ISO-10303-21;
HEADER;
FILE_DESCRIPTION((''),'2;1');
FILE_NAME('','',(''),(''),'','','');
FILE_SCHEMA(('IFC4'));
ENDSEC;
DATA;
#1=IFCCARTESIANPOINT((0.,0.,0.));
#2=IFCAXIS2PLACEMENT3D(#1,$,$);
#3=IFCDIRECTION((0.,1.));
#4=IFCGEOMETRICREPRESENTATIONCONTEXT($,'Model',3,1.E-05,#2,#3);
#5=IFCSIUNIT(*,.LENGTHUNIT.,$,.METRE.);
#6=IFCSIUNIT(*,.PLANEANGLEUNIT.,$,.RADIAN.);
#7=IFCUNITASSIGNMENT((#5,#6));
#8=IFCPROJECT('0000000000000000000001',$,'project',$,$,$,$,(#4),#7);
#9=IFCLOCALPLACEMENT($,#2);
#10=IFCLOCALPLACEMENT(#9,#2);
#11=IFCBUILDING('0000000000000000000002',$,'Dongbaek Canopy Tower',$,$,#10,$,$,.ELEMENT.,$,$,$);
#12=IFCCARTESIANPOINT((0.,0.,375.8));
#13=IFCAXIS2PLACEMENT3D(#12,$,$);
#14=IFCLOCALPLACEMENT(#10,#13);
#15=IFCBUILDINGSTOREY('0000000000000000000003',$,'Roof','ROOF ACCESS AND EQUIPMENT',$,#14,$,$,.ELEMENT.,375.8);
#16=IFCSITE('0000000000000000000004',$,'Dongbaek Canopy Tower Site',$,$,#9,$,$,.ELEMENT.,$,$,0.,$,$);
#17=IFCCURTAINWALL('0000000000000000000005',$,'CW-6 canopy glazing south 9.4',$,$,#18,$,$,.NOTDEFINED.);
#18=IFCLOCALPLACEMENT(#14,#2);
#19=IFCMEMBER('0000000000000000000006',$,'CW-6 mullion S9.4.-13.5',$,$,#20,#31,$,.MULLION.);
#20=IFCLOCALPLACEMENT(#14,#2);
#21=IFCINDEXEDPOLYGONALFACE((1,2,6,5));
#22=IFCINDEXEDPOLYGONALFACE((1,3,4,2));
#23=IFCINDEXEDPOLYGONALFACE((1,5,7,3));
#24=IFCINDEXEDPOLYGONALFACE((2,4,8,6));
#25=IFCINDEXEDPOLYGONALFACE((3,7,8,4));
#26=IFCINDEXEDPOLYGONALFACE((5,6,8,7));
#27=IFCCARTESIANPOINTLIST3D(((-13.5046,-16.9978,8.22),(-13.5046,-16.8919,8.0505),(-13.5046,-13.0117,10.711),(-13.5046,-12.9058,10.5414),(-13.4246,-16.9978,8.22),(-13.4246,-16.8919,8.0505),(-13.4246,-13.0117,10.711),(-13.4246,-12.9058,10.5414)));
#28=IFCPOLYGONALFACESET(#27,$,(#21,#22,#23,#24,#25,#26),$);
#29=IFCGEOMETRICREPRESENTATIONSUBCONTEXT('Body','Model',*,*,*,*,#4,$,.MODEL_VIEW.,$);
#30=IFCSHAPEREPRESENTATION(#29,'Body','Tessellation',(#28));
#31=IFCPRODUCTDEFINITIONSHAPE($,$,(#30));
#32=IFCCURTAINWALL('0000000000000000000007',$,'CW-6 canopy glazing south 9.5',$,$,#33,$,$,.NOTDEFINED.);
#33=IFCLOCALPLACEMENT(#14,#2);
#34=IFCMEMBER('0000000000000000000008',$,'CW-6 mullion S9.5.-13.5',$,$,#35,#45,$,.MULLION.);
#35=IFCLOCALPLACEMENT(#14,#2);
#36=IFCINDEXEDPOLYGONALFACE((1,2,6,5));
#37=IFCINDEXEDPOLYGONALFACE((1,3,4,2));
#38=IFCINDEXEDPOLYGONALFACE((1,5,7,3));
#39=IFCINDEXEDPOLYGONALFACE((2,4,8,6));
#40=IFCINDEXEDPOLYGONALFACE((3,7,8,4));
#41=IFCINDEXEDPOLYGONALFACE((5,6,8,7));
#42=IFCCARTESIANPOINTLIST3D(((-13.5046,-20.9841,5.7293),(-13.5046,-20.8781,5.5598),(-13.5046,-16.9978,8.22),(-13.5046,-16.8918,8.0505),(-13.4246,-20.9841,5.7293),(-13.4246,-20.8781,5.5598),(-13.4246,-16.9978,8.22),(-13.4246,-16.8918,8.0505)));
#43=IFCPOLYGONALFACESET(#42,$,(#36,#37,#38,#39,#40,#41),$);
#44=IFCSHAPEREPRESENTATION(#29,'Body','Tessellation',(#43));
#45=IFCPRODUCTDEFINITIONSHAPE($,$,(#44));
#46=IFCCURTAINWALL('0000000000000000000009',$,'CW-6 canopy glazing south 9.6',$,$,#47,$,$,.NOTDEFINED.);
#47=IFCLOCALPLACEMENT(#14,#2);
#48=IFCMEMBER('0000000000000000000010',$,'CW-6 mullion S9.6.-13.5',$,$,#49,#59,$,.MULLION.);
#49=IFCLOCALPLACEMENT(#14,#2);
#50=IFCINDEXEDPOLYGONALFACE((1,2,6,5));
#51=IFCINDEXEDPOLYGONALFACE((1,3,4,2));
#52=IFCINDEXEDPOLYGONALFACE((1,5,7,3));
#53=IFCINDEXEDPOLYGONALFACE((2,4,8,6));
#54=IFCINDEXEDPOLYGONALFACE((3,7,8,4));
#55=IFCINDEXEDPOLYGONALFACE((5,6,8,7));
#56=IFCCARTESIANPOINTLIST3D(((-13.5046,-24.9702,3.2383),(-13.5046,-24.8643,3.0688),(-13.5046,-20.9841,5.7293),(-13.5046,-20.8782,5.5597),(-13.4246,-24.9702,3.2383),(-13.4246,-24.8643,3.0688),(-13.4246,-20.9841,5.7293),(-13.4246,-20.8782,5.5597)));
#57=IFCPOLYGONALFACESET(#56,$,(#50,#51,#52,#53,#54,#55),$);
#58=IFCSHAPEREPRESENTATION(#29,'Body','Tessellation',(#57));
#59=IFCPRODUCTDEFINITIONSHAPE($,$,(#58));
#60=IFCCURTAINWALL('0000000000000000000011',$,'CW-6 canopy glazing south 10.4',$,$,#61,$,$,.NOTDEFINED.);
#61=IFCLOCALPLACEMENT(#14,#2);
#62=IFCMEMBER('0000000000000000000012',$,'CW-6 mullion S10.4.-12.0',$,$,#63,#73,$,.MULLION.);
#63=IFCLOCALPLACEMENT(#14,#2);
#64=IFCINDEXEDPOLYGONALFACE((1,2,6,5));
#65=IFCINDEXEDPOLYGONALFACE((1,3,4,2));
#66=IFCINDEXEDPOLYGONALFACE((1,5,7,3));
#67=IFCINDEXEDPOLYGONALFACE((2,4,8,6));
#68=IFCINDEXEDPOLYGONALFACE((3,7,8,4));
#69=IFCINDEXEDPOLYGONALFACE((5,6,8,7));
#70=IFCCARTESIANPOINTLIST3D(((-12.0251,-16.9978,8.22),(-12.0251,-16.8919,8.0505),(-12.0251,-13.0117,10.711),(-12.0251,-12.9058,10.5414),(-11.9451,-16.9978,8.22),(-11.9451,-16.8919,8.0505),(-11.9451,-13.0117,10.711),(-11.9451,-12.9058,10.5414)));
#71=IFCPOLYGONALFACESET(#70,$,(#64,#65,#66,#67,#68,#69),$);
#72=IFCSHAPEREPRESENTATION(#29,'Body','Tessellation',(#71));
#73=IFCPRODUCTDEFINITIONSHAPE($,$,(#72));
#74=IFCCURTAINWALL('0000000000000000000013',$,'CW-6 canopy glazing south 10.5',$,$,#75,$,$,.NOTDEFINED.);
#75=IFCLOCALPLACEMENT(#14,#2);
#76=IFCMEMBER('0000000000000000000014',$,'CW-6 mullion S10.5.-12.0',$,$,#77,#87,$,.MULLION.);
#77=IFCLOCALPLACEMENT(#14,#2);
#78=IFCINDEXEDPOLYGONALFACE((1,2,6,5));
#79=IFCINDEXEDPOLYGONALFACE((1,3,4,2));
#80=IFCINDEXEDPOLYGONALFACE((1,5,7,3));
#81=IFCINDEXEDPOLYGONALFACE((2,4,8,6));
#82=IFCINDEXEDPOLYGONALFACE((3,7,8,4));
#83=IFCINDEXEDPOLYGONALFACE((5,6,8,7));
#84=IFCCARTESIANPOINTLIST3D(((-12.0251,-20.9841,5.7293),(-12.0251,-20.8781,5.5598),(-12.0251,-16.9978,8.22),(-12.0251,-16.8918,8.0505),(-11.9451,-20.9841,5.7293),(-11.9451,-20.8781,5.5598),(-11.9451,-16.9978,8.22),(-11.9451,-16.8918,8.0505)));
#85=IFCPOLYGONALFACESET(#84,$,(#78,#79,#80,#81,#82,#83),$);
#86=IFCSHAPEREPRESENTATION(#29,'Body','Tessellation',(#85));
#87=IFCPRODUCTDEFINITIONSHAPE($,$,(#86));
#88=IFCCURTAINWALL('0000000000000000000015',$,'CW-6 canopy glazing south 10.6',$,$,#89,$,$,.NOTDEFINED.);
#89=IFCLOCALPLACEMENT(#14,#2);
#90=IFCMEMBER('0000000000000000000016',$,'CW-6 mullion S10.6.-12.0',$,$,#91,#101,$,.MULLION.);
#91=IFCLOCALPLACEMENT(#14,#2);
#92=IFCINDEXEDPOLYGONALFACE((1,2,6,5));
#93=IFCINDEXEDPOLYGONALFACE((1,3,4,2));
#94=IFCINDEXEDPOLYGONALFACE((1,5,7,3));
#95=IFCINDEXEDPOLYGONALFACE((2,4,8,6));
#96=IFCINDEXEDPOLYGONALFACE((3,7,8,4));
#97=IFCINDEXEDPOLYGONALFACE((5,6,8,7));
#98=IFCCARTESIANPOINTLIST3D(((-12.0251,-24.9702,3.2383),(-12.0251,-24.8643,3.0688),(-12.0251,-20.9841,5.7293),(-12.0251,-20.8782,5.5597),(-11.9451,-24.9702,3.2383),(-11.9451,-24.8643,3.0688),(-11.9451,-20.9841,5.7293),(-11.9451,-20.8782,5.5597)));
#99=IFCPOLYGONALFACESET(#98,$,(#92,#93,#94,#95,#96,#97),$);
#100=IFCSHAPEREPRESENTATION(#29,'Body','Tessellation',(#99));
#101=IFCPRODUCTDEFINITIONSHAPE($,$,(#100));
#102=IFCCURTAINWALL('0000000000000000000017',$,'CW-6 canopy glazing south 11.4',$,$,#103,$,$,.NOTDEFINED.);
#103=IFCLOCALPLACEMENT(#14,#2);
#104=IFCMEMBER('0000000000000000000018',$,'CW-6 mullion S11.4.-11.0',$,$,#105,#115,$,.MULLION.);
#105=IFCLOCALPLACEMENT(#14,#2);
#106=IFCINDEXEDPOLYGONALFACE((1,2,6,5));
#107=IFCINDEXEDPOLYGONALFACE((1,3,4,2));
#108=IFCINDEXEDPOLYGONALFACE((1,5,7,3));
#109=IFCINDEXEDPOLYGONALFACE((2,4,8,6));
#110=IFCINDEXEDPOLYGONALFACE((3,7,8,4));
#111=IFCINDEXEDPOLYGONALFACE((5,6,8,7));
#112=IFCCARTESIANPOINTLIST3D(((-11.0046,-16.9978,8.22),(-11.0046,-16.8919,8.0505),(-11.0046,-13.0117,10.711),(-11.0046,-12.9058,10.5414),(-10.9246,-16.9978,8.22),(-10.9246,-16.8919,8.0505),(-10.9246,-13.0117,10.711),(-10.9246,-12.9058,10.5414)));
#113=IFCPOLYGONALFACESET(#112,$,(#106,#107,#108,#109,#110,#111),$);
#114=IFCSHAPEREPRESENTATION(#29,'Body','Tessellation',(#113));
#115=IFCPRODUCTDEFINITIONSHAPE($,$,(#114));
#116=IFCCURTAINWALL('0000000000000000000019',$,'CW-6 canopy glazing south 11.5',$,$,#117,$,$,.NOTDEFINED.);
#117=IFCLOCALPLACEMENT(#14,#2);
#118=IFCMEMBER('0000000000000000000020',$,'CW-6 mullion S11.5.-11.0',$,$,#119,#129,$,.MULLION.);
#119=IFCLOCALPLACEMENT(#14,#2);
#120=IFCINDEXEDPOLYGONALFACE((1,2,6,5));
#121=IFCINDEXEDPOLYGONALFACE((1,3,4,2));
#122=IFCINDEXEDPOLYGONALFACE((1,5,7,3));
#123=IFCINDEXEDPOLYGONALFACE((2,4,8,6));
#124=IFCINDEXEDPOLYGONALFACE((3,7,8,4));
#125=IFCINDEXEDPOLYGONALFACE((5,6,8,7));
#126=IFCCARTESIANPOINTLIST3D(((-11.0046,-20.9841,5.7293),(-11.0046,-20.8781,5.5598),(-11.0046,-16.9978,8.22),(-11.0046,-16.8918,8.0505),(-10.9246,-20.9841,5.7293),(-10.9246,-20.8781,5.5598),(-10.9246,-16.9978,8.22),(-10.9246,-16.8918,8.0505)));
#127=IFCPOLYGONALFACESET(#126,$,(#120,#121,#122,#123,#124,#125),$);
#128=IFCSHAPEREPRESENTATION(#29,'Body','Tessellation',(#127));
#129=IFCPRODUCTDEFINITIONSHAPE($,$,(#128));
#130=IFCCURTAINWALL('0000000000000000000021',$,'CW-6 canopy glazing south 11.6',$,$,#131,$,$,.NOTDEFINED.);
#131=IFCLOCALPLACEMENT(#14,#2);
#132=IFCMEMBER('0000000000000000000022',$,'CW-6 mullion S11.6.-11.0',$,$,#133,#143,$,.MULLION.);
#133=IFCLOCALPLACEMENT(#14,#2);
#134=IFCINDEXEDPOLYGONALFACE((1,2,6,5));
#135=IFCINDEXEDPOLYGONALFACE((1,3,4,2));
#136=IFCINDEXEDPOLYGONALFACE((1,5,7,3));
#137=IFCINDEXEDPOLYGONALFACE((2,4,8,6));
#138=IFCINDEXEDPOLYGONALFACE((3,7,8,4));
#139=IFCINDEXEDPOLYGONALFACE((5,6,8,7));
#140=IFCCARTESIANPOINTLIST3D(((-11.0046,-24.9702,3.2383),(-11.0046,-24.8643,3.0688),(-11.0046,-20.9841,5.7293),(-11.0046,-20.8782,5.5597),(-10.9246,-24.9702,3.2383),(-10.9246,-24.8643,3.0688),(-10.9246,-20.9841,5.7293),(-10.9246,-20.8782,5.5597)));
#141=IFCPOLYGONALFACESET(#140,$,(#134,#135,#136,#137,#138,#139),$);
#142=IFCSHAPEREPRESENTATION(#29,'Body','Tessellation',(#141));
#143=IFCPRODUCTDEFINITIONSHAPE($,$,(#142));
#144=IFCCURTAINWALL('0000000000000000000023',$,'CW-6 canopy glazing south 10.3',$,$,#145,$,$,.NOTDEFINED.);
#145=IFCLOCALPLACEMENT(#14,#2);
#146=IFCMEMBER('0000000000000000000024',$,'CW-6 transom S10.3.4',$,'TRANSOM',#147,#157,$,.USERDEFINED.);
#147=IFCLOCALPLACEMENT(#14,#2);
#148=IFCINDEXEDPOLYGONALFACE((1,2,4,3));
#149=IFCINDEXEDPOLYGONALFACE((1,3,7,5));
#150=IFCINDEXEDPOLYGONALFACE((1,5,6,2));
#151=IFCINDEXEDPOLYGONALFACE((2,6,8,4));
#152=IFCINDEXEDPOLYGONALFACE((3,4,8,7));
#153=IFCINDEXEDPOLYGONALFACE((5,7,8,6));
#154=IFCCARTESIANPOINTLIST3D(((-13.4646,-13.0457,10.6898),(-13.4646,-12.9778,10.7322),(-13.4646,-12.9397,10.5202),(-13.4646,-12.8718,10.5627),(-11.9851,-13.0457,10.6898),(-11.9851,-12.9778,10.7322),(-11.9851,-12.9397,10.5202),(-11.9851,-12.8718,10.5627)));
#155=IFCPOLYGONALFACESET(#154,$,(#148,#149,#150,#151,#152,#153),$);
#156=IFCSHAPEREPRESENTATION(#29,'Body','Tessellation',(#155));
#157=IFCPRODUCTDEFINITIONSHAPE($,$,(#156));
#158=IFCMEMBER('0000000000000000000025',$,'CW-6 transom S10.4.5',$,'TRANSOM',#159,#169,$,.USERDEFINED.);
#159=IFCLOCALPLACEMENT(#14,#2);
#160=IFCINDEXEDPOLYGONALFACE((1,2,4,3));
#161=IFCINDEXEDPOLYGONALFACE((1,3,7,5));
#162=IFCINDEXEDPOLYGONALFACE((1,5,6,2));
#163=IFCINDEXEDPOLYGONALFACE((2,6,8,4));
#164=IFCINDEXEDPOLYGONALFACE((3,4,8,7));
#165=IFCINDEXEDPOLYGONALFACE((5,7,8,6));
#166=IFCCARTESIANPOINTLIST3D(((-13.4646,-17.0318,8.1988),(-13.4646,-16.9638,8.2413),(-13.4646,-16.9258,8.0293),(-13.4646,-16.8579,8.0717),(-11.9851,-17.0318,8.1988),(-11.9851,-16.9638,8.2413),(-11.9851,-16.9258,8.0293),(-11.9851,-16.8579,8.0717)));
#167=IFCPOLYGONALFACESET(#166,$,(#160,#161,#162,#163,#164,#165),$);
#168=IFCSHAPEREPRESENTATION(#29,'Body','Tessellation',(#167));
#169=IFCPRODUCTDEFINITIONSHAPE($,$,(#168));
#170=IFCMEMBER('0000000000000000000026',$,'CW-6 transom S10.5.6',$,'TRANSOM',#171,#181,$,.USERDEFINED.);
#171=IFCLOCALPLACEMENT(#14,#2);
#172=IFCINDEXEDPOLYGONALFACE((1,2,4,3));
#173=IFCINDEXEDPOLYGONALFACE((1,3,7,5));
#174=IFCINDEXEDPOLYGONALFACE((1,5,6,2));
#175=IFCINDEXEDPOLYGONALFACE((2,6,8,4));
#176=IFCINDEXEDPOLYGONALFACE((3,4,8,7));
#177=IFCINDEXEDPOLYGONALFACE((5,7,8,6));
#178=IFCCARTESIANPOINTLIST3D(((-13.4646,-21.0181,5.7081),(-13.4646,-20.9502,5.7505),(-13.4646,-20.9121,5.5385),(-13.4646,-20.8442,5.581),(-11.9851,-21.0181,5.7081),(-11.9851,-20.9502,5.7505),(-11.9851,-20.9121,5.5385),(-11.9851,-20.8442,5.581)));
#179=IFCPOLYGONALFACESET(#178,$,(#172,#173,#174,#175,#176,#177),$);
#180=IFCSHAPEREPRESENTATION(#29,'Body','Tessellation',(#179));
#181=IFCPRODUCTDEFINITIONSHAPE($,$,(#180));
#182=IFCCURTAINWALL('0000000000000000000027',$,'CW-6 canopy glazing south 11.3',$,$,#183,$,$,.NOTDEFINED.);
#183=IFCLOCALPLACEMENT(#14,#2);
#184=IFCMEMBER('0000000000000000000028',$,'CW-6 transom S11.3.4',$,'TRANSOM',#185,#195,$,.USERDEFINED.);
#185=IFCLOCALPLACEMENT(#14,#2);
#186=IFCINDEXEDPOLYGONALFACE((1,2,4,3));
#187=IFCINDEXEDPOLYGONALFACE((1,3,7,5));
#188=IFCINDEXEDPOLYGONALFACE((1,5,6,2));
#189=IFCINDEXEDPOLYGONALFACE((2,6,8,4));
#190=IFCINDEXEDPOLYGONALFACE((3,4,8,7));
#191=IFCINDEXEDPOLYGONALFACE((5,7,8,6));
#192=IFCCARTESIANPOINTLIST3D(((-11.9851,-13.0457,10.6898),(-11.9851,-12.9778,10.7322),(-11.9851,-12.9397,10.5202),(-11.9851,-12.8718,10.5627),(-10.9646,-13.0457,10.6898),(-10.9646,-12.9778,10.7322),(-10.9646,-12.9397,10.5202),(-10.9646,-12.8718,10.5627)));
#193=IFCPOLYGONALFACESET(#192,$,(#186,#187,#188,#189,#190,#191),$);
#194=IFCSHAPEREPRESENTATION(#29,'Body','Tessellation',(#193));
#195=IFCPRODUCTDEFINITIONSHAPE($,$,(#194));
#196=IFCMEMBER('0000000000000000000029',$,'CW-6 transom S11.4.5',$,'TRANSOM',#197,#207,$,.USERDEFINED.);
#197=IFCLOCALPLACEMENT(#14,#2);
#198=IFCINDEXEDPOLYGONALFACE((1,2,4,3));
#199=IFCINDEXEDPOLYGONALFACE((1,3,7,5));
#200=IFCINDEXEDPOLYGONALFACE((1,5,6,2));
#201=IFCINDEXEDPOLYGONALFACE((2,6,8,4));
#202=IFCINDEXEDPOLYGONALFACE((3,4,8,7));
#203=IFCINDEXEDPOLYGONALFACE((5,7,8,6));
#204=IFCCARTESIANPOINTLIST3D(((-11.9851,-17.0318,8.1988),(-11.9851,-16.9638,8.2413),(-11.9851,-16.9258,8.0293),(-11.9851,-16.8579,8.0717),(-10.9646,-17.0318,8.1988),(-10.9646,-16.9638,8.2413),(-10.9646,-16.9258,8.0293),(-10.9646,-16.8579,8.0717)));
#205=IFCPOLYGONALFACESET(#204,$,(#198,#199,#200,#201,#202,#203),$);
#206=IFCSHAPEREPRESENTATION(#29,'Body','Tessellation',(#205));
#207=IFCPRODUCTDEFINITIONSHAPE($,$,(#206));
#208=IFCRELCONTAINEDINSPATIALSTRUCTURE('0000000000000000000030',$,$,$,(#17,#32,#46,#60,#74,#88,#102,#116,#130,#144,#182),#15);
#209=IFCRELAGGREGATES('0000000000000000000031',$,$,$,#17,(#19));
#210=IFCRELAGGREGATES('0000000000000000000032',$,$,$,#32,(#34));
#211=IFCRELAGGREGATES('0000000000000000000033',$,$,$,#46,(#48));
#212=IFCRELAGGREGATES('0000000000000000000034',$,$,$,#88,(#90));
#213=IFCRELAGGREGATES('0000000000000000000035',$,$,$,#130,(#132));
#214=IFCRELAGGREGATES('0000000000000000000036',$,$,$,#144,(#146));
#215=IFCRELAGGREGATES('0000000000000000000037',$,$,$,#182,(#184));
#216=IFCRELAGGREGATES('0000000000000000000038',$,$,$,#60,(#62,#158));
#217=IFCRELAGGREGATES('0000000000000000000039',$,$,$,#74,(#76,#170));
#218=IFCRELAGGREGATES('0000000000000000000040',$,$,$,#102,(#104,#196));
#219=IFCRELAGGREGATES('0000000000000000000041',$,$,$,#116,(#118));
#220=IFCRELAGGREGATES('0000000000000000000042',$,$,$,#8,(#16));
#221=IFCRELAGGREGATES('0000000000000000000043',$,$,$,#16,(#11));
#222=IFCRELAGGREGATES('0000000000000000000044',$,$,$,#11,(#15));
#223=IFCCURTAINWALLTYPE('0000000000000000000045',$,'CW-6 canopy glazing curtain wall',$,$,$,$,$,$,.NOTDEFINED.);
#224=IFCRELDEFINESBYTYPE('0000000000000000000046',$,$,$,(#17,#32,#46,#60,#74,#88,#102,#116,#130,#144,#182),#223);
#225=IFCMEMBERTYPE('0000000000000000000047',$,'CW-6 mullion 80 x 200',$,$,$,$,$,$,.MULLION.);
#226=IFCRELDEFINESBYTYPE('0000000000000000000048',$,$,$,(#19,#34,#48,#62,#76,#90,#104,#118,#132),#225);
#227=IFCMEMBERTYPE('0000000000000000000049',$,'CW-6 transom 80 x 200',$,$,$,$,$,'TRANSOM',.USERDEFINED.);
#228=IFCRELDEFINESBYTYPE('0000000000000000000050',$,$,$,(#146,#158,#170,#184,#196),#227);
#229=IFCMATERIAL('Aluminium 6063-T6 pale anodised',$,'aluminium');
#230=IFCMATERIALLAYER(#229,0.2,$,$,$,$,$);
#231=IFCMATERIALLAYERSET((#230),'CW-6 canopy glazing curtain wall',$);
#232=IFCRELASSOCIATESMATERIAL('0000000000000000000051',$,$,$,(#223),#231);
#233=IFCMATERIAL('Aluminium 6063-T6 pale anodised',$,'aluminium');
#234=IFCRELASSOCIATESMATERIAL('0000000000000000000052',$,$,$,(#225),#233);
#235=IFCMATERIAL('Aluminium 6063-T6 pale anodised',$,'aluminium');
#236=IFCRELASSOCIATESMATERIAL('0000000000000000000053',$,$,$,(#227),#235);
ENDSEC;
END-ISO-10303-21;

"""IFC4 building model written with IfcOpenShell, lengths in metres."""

from ifc_helpers import new_model, si_unit, direction, frame, origin, origin_2d, place, context, subcontext, project, spatial, rectangle, extrude, material, layer, layer_set, material_profile, profile_set, type_object, element, aggregate, save


model = new_model("IFC4")

# Units and contexts
model_context = context("Model", 3, precision=1e-05, world=origin(), true_north=direction((0.0, 1.0)))
body_context = subcontext(model_context, "Body", "Model", "MODEL_VIEW")
ifc_project = project(units=[si_unit("LENGTHUNIT", "METRE"), si_unit("PLANEANGLEUNIT", "RADIAN")], contexts=[model_context])

# Site, building, storey
site_placement = place(None, origin())
site = spatial("IfcSite", under=ifc_project, at=site_placement, Name="Dongbaek Canopy Tower Site", CompositionType="ELEMENT", RefElevation=0.0)
building_placement = place(site_placement, origin())
building = spatial("IfcBuilding", under=site, at=building_placement, Name="Dongbaek Canopy Tower", CompositionType="ELEMENT")
storey_placement = place(building_placement, frame((0.0, 0.0, 375.8)))
storey = spatial("IfcBuildingStorey", under=building, at=storey_placement, Name="Roof", Description="ROOF ACCESS AND EQUIPMENT", CompositionType="ELEMENT", Elevation=375.8)

# Curtain walls, members
ifc_material_1 = material(Name="Aluminium 6063-T6 pale anodised", Category="aluminium")
ifc_layer_1 = layer(ifc_material_1, 0.2)
ifc_layer_set_1 = layer_set([ifc_layer_1], Name="CW-6 canopy glazing curtain wall")
curtain_wall_type = type_object("IfcCurtainWallType", Name="CW-6 canopy glazing curtain wall", PredefinedType="NOTDEFINED", material=ifc_layer_set_1)
curtain_wall_1_placement = place(storey_placement, origin())
curtain_wall_1 = element("IfcCurtainWall", 1, at=curtain_wall_1_placement, inside=storey, type_object=curtain_wall_type, Name="CW-6 canopy glazing south 9.4", PredefinedType="NOTDEFINED")
ifc_material_2 = material(Name="Aluminium 6063-T6 pale anodised", Category="aluminium")
ifc_material_profile_1 = material_profile(ifc_material_2, rectangle(XDim=0.0801, YDim=0.2, at=origin_2d()), Name="CW-6 mullion 80 x 200")
ifc_profile_set_1 = profile_set([ifc_material_profile_1], Name="Aluminium 6063-T6 pale anodised")
member_type_1 = type_object("IfcMemberType", Name="CW-6 mullion 80 x 200", PredefinedType="MULLION", material=ifc_profile_set_1)
member_1_placement = place(storey_placement, frame((-13.4646, -12.9587, 10.6262), z_axis=(0.0, -0.84803, -0.529948), x_axis=(1.0, 0.0, 0.0)))
member_1 = element("IfcMember", 2, at=member_1_placement, type_object=member_type_1, Name="CW-6 mullion S9.4.-13.5", PredefinedType="MULLION", context=body_context, shape_type="SweptSolid", body=[
    extrude(rectangle(XDim=0.0801, YDim=0.2, at=origin_2d()), origin(), (0.0, 0.0, 1.0), 4.7004),
])
aggregate(curtain_wall_1, [member_1])
curtain_wall_2_placement = place(storey_placement, origin())
curtain_wall_2 = element("IfcCurtainWall", 3, at=curtain_wall_2_placement, inside=storey, type_object=curtain_wall_type, Name="CW-6 canopy glazing south 9.5", PredefinedType="NOTDEFINED")
member_2_placement = place(storey_placement, frame((-13.4646, -16.9448, 8.1353), z_axis=(0.0, -0.848068, -0.529887), x_axis=(1.0, 0.0, 0.0)))
member_2 = element("IfcMember", 4, at=member_2_placement, type_object=member_type_1, Name="CW-6 mullion S9.5.-13.5", PredefinedType="MULLION", context=body_context, shape_type="SweptSolid", body=[
    extrude(rectangle(XDim=0.0801, YDim=0.2, at=origin_2d()), origin(), (0.0, 0.0, 1.0), 4.7004),
])
aggregate(curtain_wall_2, [member_2])
curtain_wall_3_placement = place(storey_placement, origin())
curtain_wall_3 = element("IfcCurtainWall", 5, at=curtain_wall_3_placement, inside=storey, type_object=curtain_wall_type, Name="CW-6 canopy glazing south 9.6", PredefinedType="NOTDEFINED")
member_3_placement = place(storey_placement, frame((-13.4646, -20.9312, 5.6445), z_axis=(0.0, -0.84803, -0.529948), x_axis=(1.0, 0.0, 0.0)))
member_3 = element("IfcMember", 6, at=member_3_placement, type_object=member_type_1, Name="CW-6 mullion S9.6.-13.5", PredefinedType="MULLION", context=body_context, shape_type="SweptSolid", body=[
    extrude(rectangle(XDim=0.0801, YDim=0.2, at=origin_2d()), origin(), (0.0, 0.0, 1.0), 4.7004),
])
aggregate(curtain_wall_3, [member_3])
curtain_wall_4_placement = place(storey_placement, origin())
curtain_wall_4 = element("IfcCurtainWall", 7, at=curtain_wall_4_placement, inside=storey, type_object=curtain_wall_type, Name="CW-6 canopy glazing south 10.4", PredefinedType="NOTDEFINED")
member_4_placement = place(storey_placement, frame((-11.9851, -12.9587, 10.6262), z_axis=(0.0, -0.84803, -0.529948), x_axis=(1.0, 0.0, 0.0)))
member_4 = element("IfcMember", 8, at=member_4_placement, type_object=member_type_1, Name="CW-6 mullion S10.4.-12.0", PredefinedType="MULLION", context=body_context, shape_type="SweptSolid", body=[
    extrude(rectangle(XDim=0.0801, YDim=0.2, at=origin_2d()), origin(), (0.0, 0.0, 1.0), 4.7004),
])
curtain_wall_5_placement = place(storey_placement, origin())
curtain_wall_5 = element("IfcCurtainWall", 9, at=curtain_wall_5_placement, inside=storey, type_object=curtain_wall_type, Name="CW-6 canopy glazing south 10.5", PredefinedType="NOTDEFINED")
member_5_placement = place(storey_placement, frame((-11.9851, -16.9448, 8.1353), z_axis=(0.0, -0.848068, -0.529887), x_axis=(1.0, 0.0, 0.0)))
member_5 = element("IfcMember", 10, at=member_5_placement, type_object=member_type_1, Name="CW-6 mullion S10.5.-12.0", PredefinedType="MULLION", context=body_context, shape_type="SweptSolid", body=[
    extrude(rectangle(XDim=0.0801, YDim=0.2, at=origin_2d()), origin(), (0.0, 0.0, 1.0), 4.7004),
])
curtain_wall_6_placement = place(storey_placement, origin())
curtain_wall_6 = element("IfcCurtainWall", 11, at=curtain_wall_6_placement, inside=storey, type_object=curtain_wall_type, Name="CW-6 canopy glazing south 10.6", PredefinedType="NOTDEFINED")
member_6_placement = place(storey_placement, frame((-11.9851, -20.9312, 5.6445), z_axis=(0.0, -0.84803, -0.529948), x_axis=(1.0, 0.0, 0.0)))
member_6 = element("IfcMember", 12, at=member_6_placement, type_object=member_type_1, Name="CW-6 mullion S10.6.-12.0", PredefinedType="MULLION", context=body_context, shape_type="SweptSolid", body=[
    extrude(rectangle(XDim=0.0801, YDim=0.2, at=origin_2d()), origin(), (0.0, 0.0, 1.0), 4.7004),
])
aggregate(curtain_wall_6, [member_6])
curtain_wall_7_placement = place(storey_placement, origin())
curtain_wall_7 = element("IfcCurtainWall", 13, at=curtain_wall_7_placement, inside=storey, type_object=curtain_wall_type, Name="CW-6 canopy glazing south 11.4", PredefinedType="NOTDEFINED")
member_7_placement = place(storey_placement, frame((-10.9646, -12.9587, 10.6262), z_axis=(0.0, -0.84803, -0.529948), x_axis=(1.0, 0.0, 0.0)))
member_7 = element("IfcMember", 14, at=member_7_placement, type_object=member_type_1, Name="CW-6 mullion S11.4.-11.0", PredefinedType="MULLION", context=body_context, shape_type="SweptSolid", body=[
    extrude(rectangle(XDim=0.0801, YDim=0.2, at=origin_2d()), origin(), (0.0, 0.0, 1.0), 4.7004),
])
curtain_wall_8_placement = place(storey_placement, origin())
curtain_wall_8 = element("IfcCurtainWall", 15, at=curtain_wall_8_placement, inside=storey, type_object=curtain_wall_type, Name="CW-6 canopy glazing south 11.5", PredefinedType="NOTDEFINED")
member_8_placement = place(storey_placement, frame((-10.9646, -16.9448, 8.1353), z_axis=(0.0, -0.848068, -0.529887), x_axis=(1.0, 0.0, 0.0)))
member_8 = element("IfcMember", 16, at=member_8_placement, type_object=member_type_1, Name="CW-6 mullion S11.5.-11.0", PredefinedType="MULLION", context=body_context, shape_type="SweptSolid", body=[
    extrude(rectangle(XDim=0.0801, YDim=0.2, at=origin_2d()), origin(), (0.0, 0.0, 1.0), 4.7004),
])
curtain_wall_9_placement = place(storey_placement, origin())
curtain_wall_9 = element("IfcCurtainWall", 17, at=curtain_wall_9_placement, inside=storey, type_object=curtain_wall_type, Name="CW-6 canopy glazing south 11.6", PredefinedType="NOTDEFINED")
member_9_placement = place(storey_placement, frame((-10.9646, -20.9312, 5.6445), z_axis=(0.0, -0.84803, -0.529948), x_axis=(1.0, 0.0, 0.0)))
member_9 = element("IfcMember", 18, at=member_9_placement, type_object=member_type_1, Name="CW-6 mullion S11.6.-11.0", PredefinedType="MULLION", context=body_context, shape_type="SweptSolid", body=[
    extrude(rectangle(XDim=0.0801, YDim=0.2, at=origin_2d()), origin(), (0.0, 0.0, 1.0), 4.7004),
])
aggregate(curtain_wall_9, [member_9])
curtain_wall_10_placement = place(storey_placement, origin())
curtain_wall_10 = element("IfcCurtainWall", 19, at=curtain_wall_10_placement, inside=storey, type_object=curtain_wall_type, Name="CW-6 canopy glazing south 10.3", PredefinedType="NOTDEFINED")
ifc_material_3 = material(Name="Aluminium 6063-T6 pale anodised", Category="aluminium")
ifc_material_profile_2 = material_profile(ifc_material_3, rectangle(XDim=0.0801, YDim=0.2, at=origin_2d()), Name="CW-6 transom 80 x 200")
ifc_profile_set_2 = profile_set([ifc_material_profile_2], Name="Aluminium 6063-T6 pale anodised")
member_type_2 = type_object("IfcMemberType", Name="CW-6 transom 80 x 200", ElementType="TRANSOM", PredefinedType="USERDEFINED", material=ifc_profile_set_2)
member_10_placement = place(storey_placement, frame((-13.4646, -12.9587, 10.6262), z_axis=(1.0, 0.0, 0.0), x_axis=(0.0, 0.848048, 0.529919)))
member_10 = element("IfcMember", 20, at=member_10_placement, type_object=member_type_2, Name="CW-6 transom S10.3.4", ObjectType="TRANSOM", PredefinedType="USERDEFINED", context=body_context, shape_type="SweptSolid", body=[
    extrude(rectangle(XDim=0.0801, YDim=0.2, at=origin_2d()), origin(), (0.0, 0.0, 1.0), 1.4795),
])
aggregate(curtain_wall_10, [member_10])

# Members
member_11_placement = place(storey_placement, frame((-13.4646, -16.9448, 8.1353), z_axis=(1.0, 0.0, 0.0), x_axis=(0.0, 0.848048, 0.529919)))
member_11 = element("IfcMember", 21, at=member_11_placement, type_object=member_type_2, Name="CW-6 transom S10.4.5", ObjectType="TRANSOM", PredefinedType="USERDEFINED", context=body_context, shape_type="SweptSolid", body=[
    extrude(rectangle(XDim=0.0801, YDim=0.2, at=origin_2d()), origin(), (0.0, 0.0, 1.0), 1.4795),
])
member_12_placement = place(storey_placement, frame((-13.4646, -20.9312, 5.6445), z_axis=(1.0, 0.0, 0.0), x_axis=(0.0, 0.848048, 0.529919)))
member_12 = element("IfcMember", 22, at=member_12_placement, type_object=member_type_2, Name="CW-6 transom S10.5.6", ObjectType="TRANSOM", PredefinedType="USERDEFINED", context=body_context, shape_type="SweptSolid", body=[
    extrude(rectangle(XDim=0.0801, YDim=0.2, at=origin_2d()), origin(), (0.0, 0.0, 1.0), 1.4795),
])

# Curtain wall, member
curtain_wall_11_placement = place(storey_placement, origin())
curtain_wall_11 = element("IfcCurtainWall", 23, at=curtain_wall_11_placement, inside=storey, type_object=curtain_wall_type, Name="CW-6 canopy glazing south 11.3", PredefinedType="NOTDEFINED")
member_13_placement = place(storey_placement, frame((-11.9851, -12.9587, 10.6262), z_axis=(1.0, 0.0, 0.0), x_axis=(0.0, 0.848048, 0.529919)))
member_13 = element("IfcMember", 24, at=member_13_placement, type_object=member_type_2, Name="CW-6 transom S11.3.4", ObjectType="TRANSOM", PredefinedType="USERDEFINED", context=body_context, shape_type="SweptSolid", body=[
    extrude(rectangle(XDim=0.0801, YDim=0.2, at=origin_2d()), origin(), (0.0, 0.0, 1.0), 1.0205),
])
aggregate(curtain_wall_11, [member_13])

# Member
member_14_placement = place(storey_placement, frame((-11.9851, -16.9448, 8.1353), z_axis=(1.0, 0.0, 0.0), x_axis=(0.0, 0.848048, 0.529919)))
member_14 = element("IfcMember", 25, at=member_14_placement, type_object=member_type_2, Name="CW-6 transom S11.4.5", ObjectType="TRANSOM", PredefinedType="USERDEFINED", context=body_context, shape_type="SweptSolid", body=[
    extrude(rectangle(XDim=0.0801, YDim=0.2, at=origin_2d()), origin(), (0.0, 0.0, 1.0), 1.0205),
])

aggregate(curtain_wall_4, [member_4, member_11])
aggregate(curtain_wall_5, [member_5, member_12])
aggregate(curtain_wall_7, [member_7, member_14])
aggregate(curtain_wall_8, [member_8])

save(model, "model.ifc")
